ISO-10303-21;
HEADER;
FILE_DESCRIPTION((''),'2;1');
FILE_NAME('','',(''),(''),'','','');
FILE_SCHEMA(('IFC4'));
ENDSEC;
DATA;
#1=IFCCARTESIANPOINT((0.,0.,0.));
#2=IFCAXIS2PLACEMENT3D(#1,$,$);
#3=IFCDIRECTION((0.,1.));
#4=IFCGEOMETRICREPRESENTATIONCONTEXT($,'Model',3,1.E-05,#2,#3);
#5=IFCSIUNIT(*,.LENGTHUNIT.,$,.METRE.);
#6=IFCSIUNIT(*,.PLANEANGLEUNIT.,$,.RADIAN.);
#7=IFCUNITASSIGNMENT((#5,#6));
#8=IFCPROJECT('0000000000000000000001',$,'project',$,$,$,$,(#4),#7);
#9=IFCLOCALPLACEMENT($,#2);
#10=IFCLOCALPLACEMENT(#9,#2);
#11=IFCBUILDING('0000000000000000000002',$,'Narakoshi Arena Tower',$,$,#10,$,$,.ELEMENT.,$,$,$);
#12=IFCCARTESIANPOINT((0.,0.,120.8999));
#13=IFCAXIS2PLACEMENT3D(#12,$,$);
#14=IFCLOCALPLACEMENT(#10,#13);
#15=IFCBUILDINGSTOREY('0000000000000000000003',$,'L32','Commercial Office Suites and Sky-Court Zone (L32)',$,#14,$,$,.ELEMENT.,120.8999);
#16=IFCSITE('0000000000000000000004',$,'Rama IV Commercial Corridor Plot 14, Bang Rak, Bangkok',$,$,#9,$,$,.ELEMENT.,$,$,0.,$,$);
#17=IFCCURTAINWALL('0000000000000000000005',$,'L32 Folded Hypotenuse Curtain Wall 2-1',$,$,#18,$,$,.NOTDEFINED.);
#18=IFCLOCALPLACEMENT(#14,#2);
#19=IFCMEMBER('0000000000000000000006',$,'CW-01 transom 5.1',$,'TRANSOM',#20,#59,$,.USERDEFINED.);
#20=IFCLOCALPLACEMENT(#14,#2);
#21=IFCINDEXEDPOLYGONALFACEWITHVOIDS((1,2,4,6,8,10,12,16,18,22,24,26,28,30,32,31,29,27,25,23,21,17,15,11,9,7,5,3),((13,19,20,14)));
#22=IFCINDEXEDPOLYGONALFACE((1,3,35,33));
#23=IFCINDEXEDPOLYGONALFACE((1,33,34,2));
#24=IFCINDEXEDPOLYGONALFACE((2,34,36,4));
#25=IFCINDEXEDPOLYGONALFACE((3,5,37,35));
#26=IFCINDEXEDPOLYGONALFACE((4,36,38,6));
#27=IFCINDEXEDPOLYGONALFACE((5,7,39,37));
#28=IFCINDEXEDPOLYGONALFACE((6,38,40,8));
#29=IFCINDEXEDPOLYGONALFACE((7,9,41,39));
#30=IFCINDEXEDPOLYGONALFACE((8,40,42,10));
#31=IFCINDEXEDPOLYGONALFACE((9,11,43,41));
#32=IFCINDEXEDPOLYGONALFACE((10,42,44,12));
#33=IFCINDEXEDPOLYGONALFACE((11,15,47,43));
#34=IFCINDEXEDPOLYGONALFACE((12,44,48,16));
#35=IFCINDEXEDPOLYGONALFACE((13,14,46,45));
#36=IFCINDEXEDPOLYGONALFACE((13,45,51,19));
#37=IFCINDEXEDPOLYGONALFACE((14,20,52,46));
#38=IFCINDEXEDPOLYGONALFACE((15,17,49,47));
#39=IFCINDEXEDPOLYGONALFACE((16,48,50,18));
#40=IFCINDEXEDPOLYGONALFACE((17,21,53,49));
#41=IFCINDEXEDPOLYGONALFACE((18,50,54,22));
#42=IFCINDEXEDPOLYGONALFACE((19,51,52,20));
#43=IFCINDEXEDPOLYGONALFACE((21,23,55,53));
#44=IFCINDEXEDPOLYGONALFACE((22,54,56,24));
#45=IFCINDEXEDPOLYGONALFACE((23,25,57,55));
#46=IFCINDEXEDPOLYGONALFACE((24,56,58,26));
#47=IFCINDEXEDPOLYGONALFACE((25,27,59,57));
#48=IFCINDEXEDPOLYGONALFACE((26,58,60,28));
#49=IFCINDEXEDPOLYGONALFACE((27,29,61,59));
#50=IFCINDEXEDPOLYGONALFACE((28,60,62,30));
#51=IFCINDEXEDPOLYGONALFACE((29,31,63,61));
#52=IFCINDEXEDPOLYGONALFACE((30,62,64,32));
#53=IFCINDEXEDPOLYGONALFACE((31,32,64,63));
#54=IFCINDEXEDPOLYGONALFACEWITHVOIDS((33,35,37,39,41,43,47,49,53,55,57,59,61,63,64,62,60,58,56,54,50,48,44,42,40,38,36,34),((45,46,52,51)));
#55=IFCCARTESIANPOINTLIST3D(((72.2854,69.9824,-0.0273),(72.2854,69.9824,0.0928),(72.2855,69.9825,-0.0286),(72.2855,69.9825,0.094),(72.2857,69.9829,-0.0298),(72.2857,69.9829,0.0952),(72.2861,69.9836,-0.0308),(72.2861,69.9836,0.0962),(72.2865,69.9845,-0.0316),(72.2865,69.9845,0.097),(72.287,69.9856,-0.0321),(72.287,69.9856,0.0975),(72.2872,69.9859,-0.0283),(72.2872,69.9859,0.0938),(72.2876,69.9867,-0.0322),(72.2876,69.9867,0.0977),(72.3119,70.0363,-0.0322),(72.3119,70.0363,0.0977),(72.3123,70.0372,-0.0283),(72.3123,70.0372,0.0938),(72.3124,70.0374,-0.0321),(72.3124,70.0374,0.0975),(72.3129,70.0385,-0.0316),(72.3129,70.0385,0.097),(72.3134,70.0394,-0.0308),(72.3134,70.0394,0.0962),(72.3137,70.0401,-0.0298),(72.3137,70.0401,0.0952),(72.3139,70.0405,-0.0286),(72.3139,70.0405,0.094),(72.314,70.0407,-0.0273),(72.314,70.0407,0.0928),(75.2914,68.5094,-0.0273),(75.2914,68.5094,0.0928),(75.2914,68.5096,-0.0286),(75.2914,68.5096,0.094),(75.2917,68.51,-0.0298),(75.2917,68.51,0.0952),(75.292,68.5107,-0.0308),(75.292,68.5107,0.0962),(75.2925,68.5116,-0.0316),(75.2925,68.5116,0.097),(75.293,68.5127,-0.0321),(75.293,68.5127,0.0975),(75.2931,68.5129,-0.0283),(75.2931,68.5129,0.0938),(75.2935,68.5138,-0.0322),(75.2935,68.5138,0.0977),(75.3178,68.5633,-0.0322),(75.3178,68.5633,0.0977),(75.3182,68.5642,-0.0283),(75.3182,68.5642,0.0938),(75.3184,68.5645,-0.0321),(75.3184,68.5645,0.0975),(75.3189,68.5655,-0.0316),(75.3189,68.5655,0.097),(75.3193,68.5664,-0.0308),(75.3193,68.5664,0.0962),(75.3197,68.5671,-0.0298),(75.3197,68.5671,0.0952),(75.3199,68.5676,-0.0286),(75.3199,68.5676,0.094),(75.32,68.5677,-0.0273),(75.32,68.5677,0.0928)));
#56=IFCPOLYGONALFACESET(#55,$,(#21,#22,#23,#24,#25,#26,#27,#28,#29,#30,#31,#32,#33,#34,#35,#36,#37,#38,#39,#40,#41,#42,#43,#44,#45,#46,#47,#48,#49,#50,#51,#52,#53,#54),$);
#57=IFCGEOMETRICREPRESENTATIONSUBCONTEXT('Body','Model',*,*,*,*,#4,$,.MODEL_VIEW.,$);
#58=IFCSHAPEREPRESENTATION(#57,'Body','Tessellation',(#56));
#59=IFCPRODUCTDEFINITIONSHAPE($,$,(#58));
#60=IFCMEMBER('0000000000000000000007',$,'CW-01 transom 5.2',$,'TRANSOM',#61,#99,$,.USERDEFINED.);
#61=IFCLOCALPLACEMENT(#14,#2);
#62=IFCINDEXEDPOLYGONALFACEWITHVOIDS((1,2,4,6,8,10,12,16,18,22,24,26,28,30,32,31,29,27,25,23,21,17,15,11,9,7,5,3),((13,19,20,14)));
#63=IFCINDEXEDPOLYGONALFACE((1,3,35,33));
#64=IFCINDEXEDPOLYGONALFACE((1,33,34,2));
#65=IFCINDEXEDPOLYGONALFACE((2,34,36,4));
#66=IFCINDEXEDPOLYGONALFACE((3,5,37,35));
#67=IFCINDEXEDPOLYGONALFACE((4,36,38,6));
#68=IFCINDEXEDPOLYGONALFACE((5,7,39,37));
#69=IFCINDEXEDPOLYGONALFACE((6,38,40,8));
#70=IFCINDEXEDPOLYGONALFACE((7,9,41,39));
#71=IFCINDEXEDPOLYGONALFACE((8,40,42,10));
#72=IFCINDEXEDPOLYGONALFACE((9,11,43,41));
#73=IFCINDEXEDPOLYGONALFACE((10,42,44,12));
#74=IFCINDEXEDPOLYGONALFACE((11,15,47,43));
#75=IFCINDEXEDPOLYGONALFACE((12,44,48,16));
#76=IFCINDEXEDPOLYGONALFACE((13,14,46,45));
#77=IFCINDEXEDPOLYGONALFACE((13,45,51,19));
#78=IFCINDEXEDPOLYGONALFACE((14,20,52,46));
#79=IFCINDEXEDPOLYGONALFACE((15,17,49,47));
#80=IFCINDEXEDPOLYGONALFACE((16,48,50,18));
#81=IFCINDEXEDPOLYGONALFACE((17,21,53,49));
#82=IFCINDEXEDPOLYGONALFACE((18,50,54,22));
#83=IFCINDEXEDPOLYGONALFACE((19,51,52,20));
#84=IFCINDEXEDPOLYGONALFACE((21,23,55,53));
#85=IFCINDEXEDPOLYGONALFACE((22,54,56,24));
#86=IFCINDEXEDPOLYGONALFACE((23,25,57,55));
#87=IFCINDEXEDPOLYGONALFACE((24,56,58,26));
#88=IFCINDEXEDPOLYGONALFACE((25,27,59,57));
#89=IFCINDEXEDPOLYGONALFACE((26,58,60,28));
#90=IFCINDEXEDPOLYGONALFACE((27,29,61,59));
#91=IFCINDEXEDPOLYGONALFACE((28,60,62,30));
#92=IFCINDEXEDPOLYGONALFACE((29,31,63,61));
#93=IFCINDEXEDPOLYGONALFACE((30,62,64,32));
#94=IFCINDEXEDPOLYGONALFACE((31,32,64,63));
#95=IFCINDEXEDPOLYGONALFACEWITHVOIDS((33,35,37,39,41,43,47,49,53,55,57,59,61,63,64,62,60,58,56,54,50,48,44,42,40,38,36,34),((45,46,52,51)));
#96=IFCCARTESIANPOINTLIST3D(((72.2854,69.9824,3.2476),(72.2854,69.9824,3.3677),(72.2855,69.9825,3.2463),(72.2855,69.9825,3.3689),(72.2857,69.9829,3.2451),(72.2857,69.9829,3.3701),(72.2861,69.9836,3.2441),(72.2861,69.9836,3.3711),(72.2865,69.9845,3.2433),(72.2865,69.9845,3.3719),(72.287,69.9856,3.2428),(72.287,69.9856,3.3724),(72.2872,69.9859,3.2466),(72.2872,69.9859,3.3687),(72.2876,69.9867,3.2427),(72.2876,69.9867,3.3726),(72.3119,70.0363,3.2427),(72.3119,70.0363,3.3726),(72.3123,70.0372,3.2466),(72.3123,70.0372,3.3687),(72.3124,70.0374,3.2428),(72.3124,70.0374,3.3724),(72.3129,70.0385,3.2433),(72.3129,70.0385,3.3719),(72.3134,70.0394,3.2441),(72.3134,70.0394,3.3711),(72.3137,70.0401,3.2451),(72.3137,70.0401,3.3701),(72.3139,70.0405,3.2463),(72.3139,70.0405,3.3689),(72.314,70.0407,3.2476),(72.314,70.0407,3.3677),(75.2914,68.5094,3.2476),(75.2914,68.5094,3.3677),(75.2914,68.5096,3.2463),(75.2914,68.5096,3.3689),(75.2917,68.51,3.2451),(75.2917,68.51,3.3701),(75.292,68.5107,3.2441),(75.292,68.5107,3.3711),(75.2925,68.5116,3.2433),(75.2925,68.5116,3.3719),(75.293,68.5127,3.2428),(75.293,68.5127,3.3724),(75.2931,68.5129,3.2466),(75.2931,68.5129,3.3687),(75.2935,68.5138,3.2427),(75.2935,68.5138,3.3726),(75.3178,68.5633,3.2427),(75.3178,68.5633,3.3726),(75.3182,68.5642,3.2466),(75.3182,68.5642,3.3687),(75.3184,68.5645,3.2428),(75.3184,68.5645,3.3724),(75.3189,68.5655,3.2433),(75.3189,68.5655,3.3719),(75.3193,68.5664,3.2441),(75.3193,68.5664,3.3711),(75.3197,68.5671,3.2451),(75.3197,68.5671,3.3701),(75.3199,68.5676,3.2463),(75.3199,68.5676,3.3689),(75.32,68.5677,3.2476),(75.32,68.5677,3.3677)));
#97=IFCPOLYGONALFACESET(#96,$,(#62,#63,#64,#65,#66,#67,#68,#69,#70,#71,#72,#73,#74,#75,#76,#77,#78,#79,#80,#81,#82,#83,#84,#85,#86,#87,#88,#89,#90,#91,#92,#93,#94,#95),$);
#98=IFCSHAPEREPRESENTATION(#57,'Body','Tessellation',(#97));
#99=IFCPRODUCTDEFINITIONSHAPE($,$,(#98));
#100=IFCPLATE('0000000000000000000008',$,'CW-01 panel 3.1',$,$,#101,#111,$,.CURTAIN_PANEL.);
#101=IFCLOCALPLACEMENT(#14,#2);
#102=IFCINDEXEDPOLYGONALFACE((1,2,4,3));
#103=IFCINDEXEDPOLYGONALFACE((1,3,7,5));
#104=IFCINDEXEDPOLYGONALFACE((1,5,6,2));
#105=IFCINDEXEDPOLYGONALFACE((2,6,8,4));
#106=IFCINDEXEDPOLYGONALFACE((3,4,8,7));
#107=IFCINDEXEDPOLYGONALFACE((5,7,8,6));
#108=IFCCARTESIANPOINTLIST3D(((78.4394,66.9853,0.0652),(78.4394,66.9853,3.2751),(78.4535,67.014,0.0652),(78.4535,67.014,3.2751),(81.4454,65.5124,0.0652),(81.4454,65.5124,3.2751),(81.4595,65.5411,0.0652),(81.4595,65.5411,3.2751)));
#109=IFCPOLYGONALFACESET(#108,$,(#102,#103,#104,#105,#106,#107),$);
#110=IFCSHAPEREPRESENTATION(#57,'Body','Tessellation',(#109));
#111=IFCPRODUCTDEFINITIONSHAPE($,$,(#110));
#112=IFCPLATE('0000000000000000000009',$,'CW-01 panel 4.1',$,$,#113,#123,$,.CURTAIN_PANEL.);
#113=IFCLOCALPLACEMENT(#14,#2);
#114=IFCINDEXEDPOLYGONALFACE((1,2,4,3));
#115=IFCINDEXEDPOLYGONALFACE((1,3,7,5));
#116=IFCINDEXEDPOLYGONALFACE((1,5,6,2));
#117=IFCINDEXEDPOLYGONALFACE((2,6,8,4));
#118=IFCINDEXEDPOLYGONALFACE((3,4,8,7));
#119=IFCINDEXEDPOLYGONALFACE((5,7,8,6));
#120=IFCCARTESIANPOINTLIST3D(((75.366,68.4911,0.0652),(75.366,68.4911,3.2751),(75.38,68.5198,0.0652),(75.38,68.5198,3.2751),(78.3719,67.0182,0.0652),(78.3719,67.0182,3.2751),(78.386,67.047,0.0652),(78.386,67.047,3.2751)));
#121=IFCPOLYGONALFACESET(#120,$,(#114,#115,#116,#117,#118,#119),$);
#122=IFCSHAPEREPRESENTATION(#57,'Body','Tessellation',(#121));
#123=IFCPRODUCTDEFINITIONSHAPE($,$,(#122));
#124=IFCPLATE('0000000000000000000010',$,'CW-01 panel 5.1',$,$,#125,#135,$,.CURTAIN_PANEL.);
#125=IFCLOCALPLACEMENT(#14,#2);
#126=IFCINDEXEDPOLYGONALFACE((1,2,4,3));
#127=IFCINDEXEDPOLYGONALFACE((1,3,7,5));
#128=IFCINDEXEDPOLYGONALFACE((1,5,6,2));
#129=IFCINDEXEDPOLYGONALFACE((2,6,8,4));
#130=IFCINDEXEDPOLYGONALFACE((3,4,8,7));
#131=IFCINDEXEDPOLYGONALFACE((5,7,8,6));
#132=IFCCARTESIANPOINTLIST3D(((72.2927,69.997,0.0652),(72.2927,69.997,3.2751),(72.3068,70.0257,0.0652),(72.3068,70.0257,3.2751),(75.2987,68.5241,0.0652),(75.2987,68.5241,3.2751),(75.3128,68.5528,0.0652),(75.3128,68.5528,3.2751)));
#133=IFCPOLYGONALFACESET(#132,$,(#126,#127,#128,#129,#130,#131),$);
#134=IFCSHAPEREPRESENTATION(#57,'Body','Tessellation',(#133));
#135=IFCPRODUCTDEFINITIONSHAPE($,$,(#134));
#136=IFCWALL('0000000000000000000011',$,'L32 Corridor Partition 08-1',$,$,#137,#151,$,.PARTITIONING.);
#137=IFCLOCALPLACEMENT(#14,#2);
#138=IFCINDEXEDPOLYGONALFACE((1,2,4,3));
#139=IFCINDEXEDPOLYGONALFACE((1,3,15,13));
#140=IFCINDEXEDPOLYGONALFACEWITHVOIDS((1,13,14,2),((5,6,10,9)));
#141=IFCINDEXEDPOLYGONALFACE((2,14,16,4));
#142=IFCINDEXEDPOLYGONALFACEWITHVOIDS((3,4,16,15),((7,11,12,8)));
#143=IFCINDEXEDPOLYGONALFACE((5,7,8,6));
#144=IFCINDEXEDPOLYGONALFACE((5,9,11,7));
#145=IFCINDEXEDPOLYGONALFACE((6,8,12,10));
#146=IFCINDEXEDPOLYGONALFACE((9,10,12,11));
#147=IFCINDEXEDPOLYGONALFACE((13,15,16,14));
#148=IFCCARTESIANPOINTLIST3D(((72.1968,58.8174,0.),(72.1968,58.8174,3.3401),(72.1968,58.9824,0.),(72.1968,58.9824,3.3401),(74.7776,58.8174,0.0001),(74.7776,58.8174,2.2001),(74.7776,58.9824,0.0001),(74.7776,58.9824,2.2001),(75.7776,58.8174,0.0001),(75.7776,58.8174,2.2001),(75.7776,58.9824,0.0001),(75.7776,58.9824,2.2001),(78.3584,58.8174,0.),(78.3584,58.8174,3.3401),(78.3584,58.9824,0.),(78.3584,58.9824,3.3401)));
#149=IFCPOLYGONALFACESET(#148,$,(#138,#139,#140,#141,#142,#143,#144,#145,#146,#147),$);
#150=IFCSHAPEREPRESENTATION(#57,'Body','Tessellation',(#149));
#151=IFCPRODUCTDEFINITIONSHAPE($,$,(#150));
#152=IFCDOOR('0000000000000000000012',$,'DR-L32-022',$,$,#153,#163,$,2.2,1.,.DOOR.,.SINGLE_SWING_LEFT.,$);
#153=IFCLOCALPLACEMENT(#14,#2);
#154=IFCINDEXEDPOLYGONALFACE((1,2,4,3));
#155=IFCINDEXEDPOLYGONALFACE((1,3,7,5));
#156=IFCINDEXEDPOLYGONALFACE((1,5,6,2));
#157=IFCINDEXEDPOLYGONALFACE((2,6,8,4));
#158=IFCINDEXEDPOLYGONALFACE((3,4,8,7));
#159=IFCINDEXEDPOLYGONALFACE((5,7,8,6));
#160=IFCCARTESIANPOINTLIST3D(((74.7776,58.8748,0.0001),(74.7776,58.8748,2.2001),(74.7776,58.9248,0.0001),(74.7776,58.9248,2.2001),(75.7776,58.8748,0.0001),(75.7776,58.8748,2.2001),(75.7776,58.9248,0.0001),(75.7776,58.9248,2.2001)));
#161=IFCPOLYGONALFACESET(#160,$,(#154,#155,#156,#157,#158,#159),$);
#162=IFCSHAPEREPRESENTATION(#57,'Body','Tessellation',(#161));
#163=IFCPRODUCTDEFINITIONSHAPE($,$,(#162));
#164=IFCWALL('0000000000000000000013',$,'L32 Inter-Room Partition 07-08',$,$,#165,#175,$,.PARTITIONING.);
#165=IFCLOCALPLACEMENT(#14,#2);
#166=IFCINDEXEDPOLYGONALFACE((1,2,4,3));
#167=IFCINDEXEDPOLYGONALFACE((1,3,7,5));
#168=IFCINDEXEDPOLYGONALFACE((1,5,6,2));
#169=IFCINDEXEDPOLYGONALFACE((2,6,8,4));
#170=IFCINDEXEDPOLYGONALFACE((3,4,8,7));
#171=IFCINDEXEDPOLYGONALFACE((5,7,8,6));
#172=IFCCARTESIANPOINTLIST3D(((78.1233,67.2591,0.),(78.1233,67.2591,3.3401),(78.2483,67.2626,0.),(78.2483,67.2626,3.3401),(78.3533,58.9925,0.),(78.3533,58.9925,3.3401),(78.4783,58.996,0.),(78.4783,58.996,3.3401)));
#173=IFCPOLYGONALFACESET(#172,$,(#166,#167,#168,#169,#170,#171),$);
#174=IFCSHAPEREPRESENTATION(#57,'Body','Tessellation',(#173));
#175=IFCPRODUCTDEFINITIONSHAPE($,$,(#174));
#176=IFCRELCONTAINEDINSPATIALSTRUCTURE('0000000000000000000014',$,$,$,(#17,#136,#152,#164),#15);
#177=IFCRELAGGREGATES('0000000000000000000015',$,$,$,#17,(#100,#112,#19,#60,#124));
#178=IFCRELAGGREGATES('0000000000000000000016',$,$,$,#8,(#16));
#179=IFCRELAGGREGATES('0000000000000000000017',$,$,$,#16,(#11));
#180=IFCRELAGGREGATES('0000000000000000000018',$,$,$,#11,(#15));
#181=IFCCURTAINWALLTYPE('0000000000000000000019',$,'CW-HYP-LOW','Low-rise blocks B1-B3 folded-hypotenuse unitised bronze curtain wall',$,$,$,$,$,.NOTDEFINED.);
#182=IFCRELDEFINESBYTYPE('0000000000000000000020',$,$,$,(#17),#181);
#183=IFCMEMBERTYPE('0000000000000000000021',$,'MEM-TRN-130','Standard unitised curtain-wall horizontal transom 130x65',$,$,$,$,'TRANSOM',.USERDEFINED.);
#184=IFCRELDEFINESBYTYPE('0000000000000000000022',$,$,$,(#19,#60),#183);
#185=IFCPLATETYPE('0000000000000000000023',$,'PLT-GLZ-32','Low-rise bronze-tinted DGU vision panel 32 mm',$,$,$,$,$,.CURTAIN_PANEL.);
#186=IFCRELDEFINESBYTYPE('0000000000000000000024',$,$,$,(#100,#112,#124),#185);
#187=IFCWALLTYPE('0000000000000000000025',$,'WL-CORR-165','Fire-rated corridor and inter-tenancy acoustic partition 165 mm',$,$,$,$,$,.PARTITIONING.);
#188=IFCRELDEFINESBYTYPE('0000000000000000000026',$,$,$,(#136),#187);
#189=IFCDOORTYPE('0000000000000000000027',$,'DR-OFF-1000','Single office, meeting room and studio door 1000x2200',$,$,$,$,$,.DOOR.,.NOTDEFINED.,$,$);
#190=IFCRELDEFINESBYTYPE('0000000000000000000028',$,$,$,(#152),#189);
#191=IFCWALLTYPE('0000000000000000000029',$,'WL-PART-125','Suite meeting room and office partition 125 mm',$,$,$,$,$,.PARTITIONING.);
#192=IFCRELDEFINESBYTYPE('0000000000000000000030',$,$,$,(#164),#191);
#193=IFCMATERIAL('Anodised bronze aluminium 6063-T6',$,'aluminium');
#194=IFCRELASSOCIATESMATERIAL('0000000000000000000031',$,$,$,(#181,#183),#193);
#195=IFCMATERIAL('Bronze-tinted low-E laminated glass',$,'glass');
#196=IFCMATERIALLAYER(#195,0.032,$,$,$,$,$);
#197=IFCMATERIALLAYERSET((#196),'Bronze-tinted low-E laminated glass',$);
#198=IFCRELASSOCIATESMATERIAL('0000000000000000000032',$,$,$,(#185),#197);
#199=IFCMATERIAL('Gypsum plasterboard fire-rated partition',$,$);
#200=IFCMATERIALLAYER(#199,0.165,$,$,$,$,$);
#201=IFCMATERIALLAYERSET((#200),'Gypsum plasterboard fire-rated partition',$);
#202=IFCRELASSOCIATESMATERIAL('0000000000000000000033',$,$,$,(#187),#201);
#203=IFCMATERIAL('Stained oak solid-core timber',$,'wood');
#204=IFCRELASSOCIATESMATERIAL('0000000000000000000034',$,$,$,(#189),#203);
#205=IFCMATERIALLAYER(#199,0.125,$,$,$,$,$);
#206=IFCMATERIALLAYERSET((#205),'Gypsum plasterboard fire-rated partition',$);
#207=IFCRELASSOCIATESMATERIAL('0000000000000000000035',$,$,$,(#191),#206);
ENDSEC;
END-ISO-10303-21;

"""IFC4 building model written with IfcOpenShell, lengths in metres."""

from ifc_helpers import new_model, si_unit, direction, frame, frame_2d, origin, origin_2d, place, context, subcontext, project, spatial, rectangle, hollow_rectangle, extrude, material, layer, layer_set, material_profile, profile_set, type_object, element, fill, aggregate, save


model = new_model("IFC4")

# Units and contexts
model_context = context("Model", 3, precision=1e-05, world=origin(), true_north=direction((0.0, 1.0)))
body_context = subcontext(model_context, "Body", "Model", "MODEL_VIEW")
ifc_project = project(units=[si_unit("LENGTHUNIT", "METRE"), si_unit("PLANEANGLEUNIT", "RADIAN")], contexts=[model_context])

# Site, building, storey
site_placement = place(None, origin())
site = spatial("IfcSite", under=ifc_project, at=site_placement, Name="Rama IV Commercial Corridor Plot 14, Bang Rak, Bangkok", CompositionType="ELEMENT", RefElevation=0.0)
building_placement = place(site_placement, origin())
building = spatial("IfcBuilding", under=site, at=building_placement, Name="Narakoshi Arena Tower", CompositionType="ELEMENT")
storey_placement = place(building_placement, frame((0.0, 0.0, 120.8999)))
storey = spatial("IfcBuildingStorey", under=building, at=storey_placement, Name="L32", Description="Commercial Office Suites and Sky-Court Zone (L32)", CompositionType="ELEMENT", Elevation=120.8999)

# Curtain wall, members, plates
ifc_material_1 = material(Name="Anodised bronze aluminium 6063-T6", Category="aluminium")
curtain_wall_type = type_object("IfcCurtainWallType", Name="CW-HYP-LOW", Description="Low-rise blocks B1-B3 folded-hypotenuse unitised bronze curtain wall", PredefinedType="NOTDEFINED", material=ifc_material_1)
curtain_wall_placement = place(storey_placement, origin())
curtain_wall = element("IfcCurtainWall", 1, at=curtain_wall_placement, inside=storey, type_object=curtain_wall_type, Name="L32 Folded Hypotenuse Curtain Wall 2-1", PredefinedType="NOTDEFINED")
ifc_material_profile_1 = material_profile(ifc_material_1, hollow_rectangle(XDim=0.0649, YDim=0.1299, WallThickness=0.0039, OuterFilletRadius=0.0049, at=origin_2d()), Name="TRN130x65x4")
ifc_profile_set_1 = profile_set([ifc_material_profile_1], Name="Anodised bronze aluminium 6063-T6")
member_type_1 = type_object("IfcMemberType", Name="MEM-TRN-130", Description="Standard unitised curtain-wall horizontal transom 130x65", ElementType="TRANSOM", PredefinedType="USERDEFINED", material=ifc_profile_set_1)
member_1_placement = place(storey_placement, frame((75.3057, 68.5386, 0.0327), z_axis=(-0.897987, 0.440022, 0.0), x_axis=(-0.440022, -0.897987, 0.0)))
member_1 = element("IfcMember", 2, at=member_1_placement, type_object=member_type_1, Name="CW-01 transom 5.1", ObjectType="TRANSOM", PredefinedType="USERDEFINED", context=body_context, shape_type="SweptSolid", body=[
    extrude(hollow_rectangle(XDim=0.0649, YDim=0.1299, WallThickness=0.0039, OuterFilletRadius=0.0049, at=origin_2d()), origin(), (0.0, 0.0, 1.0), 3.3474),
])
member_2_placement = place(storey_placement, frame((75.3057, 68.5386, 3.3076), z_axis=(-0.897987, 0.440022, 0.0), x_axis=(-0.440022, -0.897987, 0.0)))
member_2 = element("IfcMember", 3, at=member_2_placement, type_object=member_type_1, Name="CW-01 transom 5.2", ObjectType="TRANSOM", PredefinedType="USERDEFINED", context=body_context, shape_type="SweptSolid", body=[
    extrude(hollow_rectangle(XDim=0.0649, YDim=0.1299, WallThickness=0.0039, OuterFilletRadius=0.0049, at=origin_2d()), origin(), (0.0, 0.0, 1.0), 3.3474),
])
ifc_material_2 = material(Name="Bronze-tinted low-E laminated glass", Category="glass")
ifc_layer_1 = layer(ifc_material_2, 0.032)
ifc_layer_set_1 = layer_set([ifc_layer_1], Name="Bronze-tinted low-E laminated glass")
plate_type = type_object("IfcPlateType", Name="PLT-GLZ-32", Description="Low-rise bronze-tinted DGU vision panel 32 mm", PredefinedType="CURTAIN_PANEL", material=ifc_layer_set_1)
plate_1_placement = place(storey_placement, frame((79.9495, 66.2632, 0.0652), z_axis=(0.0, 0.0, 1.0), x_axis=(-0.897996, 0.440005, 0.0)))
plate_1 = element("IfcPlate", 4, at=plate_1_placement, type_object=plate_type, Name="CW-01 panel 3.1", PredefinedType="CURTAIN_PANEL", context=body_context, shape_type="SweptSolid", body=[
    extrude(rectangle(XDim=3.3474, YDim=0.032, at=origin_2d()), origin(), (0.0, 0.0, 1.0), 3.21),
])
plate_2_placement = place(storey_placement, frame((76.876, 67.769, 0.0652), z_axis=(0.0, 0.0, 1.0), x_axis=(-0.897996, 0.440005, 0.0)))
plate_2 = element("IfcPlate", 5, at=plate_2_placement, type_object=plate_type, Name="CW-01 panel 4.1", PredefinedType="CURTAIN_PANEL", context=body_context, shape_type="SweptSolid", body=[
    extrude(rectangle(XDim=3.3474, YDim=0.032, at=origin_2d()), origin(), (0.0, 0.0, 1.0), 3.21),
])
plate_3_placement = place(storey_placement, frame((73.8027, 69.2749, 0.0652), z_axis=(0.0, 0.0, 1.0), x_axis=(-0.897996, 0.440005, 0.0)))
plate_3 = element("IfcPlate", 6, at=plate_3_placement, type_object=plate_type, Name="CW-01 panel 5.1", PredefinedType="CURTAIN_PANEL", context=body_context, shape_type="SweptSolid", body=[
    extrude(rectangle(XDim=3.3474, YDim=0.032, at=origin_2d()), origin(), (0.0, 0.0, 1.0), 3.21),
])
aggregate(curtain_wall, [plate_1, plate_2, member_1, member_2, plate_3])

# Wall, opening, door
ifc_material_3 = material(Name="Gypsum plasterboard fire-rated partition")
ifc_layer_2 = layer(ifc_material_3, 0.165)
ifc_layer_set_2 = layer_set([ifc_layer_2], Name="Gypsum plasterboard fire-rated partition")
wall_type_1 = type_object("IfcWallType", Name="WL-CORR-165", Description="Fire-rated corridor and inter-tenancy acoustic partition 165 mm", PredefinedType="PARTITIONING", material=ifc_layer_set_2)
wall_1_placement = place(storey_placement, frame((78.3584, 58.8999, 0.0), z_axis=(0.0, 0.0, 1.0), x_axis=(-1.0, 0.0, 0.0)))
wall_1 = element("IfcWall", 7, at=wall_1_placement, inside=storey, type_object=wall_type_1, Name="L32 Corridor Partition 08-1", PredefinedType="PARTITIONING", context=body_context, shape_type="SweptSolid", body=[
    extrude(rectangle(XDim=6.1616, YDim=0.165, at=frame_2d((3.0808, 0.0))), origin(), (0.0, 0.0, 1.0), 3.3401),
])
opening_placement = place(wall_1_placement, frame((2.5808, 0.0, 0.0)))
opening = element("IfcOpeningElement", 8, at=opening_placement, cuts=wall_1, PredefinedType="OPENING", context=body_context, shape_type="SweptSolid", body=[
    extrude(rectangle(XDim=1.0, YDim=2.2, at=frame_2d((0.5, 1.1001))), frame((0.0, 0.0925, 0.0), z_axis=(0.0, -1.0, 0.0), x_axis=(1.0, 0.0, 0.0)), (0.0, 0.0, 1.0), 0.1851),
])
ifc_material_4 = material(Name="Stained oak solid-core timber", Category="wood")
door_type = type_object("IfcDoorType", Name="DR-OFF-1000", Description="Single office, meeting room and studio door 1000x2200", OperationType="NOTDEFINED", PredefinedType="DOOR", material=ifc_material_4)
door_placement = place(opening_placement, frame((1.0, 0.0, 0.0), z_axis=(0.0, 0.0, 1.0), x_axis=(-1.0, 0.0, 0.0)))
door = element("IfcDoor", 9, at=door_placement, inside=storey, type_object=door_type, Name="DR-L32-022", OperationType="SINGLE_SWING_LEFT", OverallHeight=2.2, OverallWidth=1.0, PredefinedType="DOOR", context=body_context, shape_type="SweptSolid", body=[
    extrude(rectangle(XDim=1.0, YDim=2.2, at=frame_2d((0.5, 1.1001))), frame((0.0, 0.0249, 0.0), z_axis=(0.0, -1.0, 0.0), x_axis=(1.0, 0.0, 0.0)), (0.0, 0.0, 1.0), 0.05),
])
fill(opening, door)

# Wall
ifc_layer_3 = layer(ifc_material_3, 0.125)
ifc_layer_set_3 = layer_set([ifc_layer_3], Name="Gypsum plasterboard fire-rated partition")
wall_type_2 = type_object("IfcWallType", Name="WL-PART-125", Description="Suite meeting room and office partition 125 mm", PredefinedType="PARTITIONING", material=ifc_layer_set_3)
wall_2_placement = place(storey_placement, frame((78.4158, 58.9944, 0.0), z_axis=(0.0, 0.0, 1.0), x_axis=(-0.02781, 0.999613, 0.0)))
element("IfcWall", 10, at=wall_2_placement, inside=storey, type_object=wall_type_2, Name="L32 Inter-Room Partition 07-08", PredefinedType="PARTITIONING", context=body_context, shape_type="SweptSolid", body=[
    extrude(rectangle(XDim=8.2698, YDim=0.125, at=frame_2d((4.1348, 0.0))), origin(), (0.0, 0.0, 1.0), 3.3401),
])

save(model, "model.ifc")
